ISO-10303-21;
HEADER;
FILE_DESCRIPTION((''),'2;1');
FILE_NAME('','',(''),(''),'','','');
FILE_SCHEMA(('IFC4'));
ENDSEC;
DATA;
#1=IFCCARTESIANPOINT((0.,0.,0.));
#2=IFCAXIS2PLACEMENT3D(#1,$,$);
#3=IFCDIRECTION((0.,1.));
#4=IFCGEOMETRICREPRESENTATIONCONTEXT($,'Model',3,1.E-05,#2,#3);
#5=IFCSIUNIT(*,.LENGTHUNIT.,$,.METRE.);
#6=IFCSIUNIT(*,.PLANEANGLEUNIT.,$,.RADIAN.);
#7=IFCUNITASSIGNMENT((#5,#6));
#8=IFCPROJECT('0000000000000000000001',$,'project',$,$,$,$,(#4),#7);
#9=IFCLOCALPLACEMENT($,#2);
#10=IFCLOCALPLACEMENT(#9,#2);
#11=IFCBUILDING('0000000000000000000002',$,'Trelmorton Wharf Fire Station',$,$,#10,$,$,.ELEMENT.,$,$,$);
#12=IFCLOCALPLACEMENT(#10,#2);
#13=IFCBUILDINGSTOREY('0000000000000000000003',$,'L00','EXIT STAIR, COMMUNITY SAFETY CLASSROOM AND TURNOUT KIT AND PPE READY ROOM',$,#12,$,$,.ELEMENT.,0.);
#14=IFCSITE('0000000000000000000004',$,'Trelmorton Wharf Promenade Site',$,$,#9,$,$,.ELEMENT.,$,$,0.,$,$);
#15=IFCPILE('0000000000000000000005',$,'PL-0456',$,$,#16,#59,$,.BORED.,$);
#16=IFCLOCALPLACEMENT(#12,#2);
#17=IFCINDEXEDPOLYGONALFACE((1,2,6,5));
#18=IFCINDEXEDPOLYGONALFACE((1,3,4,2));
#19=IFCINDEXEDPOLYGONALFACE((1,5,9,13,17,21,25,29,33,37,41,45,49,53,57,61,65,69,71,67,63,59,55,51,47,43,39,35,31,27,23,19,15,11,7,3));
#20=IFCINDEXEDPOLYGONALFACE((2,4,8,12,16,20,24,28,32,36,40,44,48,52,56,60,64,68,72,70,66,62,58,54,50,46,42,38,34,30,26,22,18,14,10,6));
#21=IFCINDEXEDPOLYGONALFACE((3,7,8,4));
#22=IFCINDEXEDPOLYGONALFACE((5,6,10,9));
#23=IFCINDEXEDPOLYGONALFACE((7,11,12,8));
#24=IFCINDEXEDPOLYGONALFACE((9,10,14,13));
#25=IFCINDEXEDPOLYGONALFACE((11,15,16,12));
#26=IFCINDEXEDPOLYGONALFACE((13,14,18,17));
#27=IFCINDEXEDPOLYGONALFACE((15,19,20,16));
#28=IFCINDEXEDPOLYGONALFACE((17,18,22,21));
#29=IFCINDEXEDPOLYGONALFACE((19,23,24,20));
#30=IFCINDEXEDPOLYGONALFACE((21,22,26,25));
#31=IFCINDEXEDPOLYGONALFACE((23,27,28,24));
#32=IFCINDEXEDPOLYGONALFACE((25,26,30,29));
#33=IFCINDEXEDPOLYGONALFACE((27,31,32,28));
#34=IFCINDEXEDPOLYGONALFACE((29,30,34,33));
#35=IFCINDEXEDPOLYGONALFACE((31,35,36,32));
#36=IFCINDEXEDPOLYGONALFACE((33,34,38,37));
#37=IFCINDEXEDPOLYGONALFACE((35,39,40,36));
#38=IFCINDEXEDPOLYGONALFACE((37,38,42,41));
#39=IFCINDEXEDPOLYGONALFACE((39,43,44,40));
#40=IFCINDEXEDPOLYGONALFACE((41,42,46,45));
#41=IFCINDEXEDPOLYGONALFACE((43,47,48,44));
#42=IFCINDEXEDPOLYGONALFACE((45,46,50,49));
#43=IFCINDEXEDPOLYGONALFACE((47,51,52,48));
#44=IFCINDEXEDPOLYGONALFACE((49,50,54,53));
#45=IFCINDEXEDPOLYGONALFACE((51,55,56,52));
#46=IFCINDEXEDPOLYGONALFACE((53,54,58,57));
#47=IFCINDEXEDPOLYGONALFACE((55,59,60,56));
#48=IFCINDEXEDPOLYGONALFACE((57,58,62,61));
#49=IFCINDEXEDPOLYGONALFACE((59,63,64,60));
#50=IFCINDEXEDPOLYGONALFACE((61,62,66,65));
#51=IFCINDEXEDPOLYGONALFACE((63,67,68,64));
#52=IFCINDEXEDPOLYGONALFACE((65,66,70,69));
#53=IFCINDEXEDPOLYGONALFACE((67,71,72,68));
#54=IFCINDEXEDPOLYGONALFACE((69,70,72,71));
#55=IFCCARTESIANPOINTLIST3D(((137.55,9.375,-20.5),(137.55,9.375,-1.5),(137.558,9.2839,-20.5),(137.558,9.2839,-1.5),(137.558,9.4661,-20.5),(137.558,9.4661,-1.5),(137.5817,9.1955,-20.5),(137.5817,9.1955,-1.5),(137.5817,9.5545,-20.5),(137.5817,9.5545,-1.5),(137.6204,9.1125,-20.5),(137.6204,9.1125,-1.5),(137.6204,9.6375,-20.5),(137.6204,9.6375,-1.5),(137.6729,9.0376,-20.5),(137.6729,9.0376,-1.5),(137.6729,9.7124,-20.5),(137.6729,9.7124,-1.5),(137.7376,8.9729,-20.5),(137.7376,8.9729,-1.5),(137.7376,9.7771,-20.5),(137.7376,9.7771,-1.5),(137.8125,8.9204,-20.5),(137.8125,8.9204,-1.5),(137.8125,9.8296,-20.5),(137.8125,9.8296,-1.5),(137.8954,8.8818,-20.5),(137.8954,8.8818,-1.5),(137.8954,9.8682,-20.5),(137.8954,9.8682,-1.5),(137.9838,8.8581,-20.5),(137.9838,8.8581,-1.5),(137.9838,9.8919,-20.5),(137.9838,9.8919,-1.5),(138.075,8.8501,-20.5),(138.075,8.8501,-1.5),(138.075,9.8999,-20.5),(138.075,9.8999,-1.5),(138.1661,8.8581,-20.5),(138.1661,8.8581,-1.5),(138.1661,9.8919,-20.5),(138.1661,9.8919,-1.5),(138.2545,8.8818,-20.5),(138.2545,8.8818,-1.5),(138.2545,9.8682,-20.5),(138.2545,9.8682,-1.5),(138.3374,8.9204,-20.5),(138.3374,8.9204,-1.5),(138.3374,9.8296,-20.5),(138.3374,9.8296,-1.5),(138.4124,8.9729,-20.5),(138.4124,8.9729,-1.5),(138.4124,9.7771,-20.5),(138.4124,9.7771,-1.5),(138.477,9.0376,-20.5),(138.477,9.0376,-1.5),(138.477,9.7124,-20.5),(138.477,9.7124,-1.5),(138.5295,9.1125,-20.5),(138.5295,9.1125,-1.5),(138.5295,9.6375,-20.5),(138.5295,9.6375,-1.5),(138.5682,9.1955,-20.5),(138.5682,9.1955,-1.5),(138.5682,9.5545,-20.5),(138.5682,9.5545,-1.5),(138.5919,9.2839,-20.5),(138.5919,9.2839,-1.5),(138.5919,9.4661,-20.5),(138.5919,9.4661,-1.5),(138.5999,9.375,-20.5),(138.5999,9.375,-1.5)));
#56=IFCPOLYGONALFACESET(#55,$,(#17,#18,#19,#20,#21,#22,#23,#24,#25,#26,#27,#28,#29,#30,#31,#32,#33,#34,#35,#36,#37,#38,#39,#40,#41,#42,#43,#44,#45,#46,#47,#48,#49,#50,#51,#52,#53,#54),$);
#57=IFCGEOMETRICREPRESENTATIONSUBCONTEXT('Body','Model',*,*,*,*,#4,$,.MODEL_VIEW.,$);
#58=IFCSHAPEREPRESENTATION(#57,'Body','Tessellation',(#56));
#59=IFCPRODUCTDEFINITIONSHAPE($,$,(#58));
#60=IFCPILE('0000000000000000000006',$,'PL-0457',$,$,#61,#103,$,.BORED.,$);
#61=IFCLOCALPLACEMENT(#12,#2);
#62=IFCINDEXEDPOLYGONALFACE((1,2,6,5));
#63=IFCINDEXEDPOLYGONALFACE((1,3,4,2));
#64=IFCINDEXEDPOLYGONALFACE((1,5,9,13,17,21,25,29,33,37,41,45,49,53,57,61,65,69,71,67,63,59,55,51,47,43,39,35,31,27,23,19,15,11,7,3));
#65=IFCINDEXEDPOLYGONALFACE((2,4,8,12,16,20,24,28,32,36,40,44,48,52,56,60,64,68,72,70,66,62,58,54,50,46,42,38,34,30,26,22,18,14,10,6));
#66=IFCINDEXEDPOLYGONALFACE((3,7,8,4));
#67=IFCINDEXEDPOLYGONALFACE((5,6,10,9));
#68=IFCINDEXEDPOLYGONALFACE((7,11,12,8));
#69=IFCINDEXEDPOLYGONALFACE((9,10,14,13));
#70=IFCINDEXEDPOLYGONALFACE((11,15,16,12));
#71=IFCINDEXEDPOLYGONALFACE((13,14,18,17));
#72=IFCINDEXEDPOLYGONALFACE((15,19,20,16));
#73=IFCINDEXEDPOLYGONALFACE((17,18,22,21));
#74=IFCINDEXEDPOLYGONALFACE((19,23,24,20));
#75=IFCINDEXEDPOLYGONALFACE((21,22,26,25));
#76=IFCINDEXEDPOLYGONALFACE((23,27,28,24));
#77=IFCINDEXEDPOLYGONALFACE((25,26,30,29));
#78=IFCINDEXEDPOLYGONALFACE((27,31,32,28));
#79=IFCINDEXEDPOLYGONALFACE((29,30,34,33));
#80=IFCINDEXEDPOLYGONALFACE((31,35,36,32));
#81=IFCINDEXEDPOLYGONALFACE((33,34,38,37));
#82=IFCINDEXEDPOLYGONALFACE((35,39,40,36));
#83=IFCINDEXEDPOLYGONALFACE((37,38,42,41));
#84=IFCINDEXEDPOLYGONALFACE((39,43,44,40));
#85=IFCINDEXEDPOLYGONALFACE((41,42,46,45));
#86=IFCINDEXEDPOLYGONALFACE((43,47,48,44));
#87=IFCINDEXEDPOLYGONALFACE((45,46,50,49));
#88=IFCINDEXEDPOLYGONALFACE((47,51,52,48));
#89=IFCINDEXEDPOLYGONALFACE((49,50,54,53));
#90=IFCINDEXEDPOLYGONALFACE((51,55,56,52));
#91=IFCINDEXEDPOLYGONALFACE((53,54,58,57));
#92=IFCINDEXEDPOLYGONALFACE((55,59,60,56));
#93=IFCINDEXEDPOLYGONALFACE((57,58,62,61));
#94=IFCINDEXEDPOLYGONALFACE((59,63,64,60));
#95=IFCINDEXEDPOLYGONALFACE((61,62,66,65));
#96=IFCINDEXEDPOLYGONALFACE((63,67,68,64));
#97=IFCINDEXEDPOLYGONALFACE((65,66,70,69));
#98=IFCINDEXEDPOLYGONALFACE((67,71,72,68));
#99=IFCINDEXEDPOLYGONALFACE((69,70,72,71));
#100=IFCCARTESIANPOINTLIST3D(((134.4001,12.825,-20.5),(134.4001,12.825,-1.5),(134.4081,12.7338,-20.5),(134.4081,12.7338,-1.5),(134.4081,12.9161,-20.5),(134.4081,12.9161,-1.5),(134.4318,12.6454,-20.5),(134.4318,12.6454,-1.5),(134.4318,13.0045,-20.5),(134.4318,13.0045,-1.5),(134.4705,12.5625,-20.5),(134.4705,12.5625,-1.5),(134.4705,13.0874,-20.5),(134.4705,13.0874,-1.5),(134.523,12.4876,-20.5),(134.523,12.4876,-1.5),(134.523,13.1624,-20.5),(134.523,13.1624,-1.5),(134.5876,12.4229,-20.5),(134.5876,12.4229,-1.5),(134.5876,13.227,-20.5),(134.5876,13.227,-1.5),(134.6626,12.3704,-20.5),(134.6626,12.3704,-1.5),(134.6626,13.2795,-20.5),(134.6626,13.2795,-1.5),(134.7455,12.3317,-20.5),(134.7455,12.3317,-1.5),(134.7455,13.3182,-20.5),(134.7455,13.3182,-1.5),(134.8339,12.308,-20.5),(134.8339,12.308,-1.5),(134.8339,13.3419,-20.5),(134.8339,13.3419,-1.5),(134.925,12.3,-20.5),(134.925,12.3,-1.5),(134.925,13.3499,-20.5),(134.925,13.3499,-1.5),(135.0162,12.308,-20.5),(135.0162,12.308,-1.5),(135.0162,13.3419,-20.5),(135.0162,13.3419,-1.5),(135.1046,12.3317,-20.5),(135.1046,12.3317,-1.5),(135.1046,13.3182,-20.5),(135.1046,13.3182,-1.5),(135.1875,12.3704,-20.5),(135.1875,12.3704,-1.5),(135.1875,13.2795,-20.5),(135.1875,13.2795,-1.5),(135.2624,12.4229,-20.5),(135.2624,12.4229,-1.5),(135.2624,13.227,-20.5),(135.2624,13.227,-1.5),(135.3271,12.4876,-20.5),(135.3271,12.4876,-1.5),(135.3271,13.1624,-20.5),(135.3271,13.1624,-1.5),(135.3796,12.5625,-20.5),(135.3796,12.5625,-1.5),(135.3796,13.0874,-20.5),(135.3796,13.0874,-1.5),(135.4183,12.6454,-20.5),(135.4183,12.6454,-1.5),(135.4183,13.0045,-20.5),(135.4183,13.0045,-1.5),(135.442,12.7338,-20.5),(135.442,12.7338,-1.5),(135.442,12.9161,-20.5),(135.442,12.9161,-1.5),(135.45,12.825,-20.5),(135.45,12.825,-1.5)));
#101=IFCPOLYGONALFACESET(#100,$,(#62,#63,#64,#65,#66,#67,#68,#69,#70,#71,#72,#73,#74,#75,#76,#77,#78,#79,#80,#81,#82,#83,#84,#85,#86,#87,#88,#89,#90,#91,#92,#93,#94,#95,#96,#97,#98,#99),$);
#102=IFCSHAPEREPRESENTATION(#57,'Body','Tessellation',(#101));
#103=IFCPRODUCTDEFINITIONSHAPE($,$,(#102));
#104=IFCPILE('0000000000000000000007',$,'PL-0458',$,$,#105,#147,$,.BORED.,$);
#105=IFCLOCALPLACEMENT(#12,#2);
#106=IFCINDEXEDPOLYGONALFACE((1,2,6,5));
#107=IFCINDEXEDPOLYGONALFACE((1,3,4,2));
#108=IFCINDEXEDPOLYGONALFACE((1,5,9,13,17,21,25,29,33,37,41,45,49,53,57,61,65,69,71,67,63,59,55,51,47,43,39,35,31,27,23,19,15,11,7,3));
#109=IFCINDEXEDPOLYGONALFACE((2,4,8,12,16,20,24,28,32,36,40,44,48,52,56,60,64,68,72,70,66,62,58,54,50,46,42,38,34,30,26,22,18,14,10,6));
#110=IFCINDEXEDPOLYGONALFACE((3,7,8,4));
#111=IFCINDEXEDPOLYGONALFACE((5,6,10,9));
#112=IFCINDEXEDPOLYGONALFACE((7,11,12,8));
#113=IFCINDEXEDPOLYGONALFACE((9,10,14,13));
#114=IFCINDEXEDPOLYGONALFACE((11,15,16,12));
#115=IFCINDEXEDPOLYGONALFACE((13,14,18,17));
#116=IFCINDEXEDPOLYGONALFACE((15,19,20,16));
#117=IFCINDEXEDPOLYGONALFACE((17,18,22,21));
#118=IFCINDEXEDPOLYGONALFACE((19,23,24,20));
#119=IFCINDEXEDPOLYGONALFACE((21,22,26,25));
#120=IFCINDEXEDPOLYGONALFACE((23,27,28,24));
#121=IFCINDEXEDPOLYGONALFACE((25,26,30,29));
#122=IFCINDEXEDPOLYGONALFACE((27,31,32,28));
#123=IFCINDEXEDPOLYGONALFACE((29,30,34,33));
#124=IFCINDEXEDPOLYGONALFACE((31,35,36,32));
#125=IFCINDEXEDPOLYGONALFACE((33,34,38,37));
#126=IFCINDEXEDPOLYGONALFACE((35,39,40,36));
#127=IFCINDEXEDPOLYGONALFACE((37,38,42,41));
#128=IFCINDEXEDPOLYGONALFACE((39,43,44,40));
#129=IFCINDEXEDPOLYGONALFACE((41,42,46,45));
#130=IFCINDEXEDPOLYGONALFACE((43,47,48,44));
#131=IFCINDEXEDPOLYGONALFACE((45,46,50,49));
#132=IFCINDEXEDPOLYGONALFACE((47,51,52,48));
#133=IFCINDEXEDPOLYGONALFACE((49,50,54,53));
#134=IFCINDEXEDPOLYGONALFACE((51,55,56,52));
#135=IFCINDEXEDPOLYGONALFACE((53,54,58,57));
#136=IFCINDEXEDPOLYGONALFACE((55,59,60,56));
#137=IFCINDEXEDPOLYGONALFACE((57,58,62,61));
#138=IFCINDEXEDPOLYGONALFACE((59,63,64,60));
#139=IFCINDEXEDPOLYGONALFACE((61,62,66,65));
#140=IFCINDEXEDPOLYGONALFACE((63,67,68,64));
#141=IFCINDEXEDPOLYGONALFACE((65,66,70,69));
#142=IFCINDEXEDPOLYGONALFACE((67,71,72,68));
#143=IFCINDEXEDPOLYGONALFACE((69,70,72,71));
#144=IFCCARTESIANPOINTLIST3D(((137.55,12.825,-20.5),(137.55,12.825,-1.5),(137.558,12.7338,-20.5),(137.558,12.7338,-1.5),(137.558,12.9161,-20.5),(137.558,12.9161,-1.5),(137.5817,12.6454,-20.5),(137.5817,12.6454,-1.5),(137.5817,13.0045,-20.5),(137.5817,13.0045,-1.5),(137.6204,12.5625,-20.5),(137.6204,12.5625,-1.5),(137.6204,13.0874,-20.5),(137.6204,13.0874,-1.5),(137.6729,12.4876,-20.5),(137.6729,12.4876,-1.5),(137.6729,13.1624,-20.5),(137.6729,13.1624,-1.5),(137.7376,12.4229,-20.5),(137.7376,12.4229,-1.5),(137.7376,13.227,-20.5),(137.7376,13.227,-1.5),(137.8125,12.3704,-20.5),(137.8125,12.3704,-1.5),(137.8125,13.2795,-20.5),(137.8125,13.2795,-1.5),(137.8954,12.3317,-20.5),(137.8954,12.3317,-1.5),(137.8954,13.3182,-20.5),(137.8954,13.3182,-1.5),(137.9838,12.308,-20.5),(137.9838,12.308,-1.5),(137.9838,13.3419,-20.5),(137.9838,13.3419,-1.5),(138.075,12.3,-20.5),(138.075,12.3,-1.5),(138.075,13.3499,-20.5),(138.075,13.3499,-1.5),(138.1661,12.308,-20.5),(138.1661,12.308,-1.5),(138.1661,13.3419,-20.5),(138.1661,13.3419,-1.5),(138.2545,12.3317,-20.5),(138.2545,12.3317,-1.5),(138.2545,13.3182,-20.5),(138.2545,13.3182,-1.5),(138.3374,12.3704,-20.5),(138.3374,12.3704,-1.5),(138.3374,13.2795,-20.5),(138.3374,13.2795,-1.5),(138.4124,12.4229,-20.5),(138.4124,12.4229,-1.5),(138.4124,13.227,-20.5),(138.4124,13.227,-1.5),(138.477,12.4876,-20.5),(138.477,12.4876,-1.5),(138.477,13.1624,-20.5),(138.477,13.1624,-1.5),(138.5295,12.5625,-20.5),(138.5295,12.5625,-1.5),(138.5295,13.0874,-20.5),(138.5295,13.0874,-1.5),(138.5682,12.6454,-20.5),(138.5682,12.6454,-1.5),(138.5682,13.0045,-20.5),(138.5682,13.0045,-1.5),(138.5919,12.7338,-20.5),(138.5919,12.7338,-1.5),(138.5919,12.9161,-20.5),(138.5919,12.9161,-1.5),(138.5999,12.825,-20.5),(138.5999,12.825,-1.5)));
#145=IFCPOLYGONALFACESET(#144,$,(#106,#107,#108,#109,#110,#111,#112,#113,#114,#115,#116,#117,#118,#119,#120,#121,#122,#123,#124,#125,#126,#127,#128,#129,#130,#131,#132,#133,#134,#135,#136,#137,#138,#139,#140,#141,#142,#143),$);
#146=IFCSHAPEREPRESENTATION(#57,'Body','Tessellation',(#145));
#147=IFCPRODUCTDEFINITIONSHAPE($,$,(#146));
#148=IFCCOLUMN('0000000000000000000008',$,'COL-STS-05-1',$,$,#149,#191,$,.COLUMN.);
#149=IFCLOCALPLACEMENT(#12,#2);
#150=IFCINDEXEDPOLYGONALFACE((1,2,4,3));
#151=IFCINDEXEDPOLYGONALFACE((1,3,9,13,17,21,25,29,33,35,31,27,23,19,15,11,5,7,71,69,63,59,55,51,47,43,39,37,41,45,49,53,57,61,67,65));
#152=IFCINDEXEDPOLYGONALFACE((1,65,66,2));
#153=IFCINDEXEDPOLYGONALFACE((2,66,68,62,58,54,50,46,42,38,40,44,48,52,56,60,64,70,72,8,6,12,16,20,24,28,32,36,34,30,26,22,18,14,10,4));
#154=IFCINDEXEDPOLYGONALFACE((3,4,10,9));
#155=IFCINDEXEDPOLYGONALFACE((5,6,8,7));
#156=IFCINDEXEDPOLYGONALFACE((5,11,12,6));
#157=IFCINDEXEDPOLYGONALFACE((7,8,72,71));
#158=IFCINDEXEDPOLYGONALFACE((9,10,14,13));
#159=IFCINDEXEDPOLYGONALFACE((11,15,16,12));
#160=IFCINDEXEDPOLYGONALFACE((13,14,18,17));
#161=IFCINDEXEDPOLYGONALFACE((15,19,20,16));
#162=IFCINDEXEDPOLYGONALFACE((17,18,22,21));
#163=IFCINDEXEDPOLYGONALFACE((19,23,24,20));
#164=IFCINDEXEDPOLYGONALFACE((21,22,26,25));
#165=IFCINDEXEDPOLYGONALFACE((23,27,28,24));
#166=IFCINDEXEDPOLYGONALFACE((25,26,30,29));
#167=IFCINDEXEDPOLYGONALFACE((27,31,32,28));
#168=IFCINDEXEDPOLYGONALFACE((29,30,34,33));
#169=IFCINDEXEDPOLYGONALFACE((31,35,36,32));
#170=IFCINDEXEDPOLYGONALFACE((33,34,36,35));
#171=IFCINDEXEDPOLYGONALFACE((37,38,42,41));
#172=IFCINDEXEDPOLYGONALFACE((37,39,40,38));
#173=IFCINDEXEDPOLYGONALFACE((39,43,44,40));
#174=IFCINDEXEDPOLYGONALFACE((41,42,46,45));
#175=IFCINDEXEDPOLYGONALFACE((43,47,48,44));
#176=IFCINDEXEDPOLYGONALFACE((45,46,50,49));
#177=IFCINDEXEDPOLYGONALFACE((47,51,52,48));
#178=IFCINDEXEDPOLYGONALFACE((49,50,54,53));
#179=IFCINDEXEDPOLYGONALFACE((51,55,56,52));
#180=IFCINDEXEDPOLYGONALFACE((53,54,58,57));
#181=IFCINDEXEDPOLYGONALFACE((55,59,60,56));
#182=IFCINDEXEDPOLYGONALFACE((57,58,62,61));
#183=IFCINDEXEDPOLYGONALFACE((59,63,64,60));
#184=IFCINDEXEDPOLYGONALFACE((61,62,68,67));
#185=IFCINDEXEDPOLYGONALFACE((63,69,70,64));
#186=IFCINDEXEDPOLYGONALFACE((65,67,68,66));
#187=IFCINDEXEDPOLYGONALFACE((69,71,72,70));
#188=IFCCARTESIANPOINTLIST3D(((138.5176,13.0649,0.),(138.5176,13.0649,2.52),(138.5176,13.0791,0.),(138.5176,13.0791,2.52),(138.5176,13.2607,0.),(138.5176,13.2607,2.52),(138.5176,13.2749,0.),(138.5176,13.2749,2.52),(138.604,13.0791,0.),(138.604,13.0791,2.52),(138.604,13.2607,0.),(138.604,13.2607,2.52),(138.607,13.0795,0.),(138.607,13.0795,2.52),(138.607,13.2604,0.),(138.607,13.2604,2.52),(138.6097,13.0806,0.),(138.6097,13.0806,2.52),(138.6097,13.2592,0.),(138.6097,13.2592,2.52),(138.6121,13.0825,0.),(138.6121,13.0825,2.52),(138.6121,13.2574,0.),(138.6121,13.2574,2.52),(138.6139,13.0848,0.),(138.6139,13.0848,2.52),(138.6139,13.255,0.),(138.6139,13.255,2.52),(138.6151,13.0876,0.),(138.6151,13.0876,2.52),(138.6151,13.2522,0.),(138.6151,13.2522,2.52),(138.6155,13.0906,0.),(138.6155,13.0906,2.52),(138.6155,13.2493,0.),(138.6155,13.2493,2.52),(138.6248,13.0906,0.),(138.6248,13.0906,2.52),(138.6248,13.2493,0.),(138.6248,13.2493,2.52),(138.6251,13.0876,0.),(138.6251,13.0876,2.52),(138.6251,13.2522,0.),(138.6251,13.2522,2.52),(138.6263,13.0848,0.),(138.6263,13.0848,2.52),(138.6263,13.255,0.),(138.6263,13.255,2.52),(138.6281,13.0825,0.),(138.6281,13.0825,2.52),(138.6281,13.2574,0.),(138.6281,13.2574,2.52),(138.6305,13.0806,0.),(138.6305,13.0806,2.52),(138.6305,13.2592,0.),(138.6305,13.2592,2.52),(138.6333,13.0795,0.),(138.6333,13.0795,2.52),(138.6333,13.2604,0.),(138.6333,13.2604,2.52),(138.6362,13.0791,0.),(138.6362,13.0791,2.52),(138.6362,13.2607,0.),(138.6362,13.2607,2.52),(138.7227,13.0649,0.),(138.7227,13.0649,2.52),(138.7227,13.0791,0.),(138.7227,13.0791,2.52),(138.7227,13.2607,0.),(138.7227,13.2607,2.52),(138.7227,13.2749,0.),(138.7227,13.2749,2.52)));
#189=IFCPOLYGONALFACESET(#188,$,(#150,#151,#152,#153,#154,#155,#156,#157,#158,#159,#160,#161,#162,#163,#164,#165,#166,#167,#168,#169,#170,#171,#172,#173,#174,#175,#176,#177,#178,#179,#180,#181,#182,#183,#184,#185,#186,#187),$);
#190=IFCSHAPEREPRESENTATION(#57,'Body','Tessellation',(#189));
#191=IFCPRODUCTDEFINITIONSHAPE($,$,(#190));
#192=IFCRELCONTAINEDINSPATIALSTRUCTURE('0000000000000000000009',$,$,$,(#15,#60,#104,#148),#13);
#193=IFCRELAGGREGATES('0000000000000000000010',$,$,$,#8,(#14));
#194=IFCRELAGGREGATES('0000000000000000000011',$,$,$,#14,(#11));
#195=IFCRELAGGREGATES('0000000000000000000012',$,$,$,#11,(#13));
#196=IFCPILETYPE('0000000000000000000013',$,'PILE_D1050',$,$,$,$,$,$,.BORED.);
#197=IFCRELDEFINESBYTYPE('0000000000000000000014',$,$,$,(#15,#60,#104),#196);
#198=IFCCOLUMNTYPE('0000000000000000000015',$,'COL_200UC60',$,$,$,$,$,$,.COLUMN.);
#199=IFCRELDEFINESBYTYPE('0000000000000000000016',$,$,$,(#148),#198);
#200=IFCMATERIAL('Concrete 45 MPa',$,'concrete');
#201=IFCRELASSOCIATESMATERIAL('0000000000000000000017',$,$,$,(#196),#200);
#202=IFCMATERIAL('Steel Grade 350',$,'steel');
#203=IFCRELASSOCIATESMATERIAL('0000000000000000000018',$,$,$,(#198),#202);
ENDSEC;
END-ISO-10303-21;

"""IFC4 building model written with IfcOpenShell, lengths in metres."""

from ifc_helpers import new_model, si_unit, direction, frame, origin, origin_2d, place, context, subcontext, project, spatial, circle, i_section, extrude, material, material_profile, profile_set, type_object, element, save


model = new_model("IFC4")

# Units and contexts
model_context = context("Model", 3, precision=1e-05, world=origin(), true_north=direction((0.0, 1.0)))
body_context = subcontext(model_context, "Body", "Model", "MODEL_VIEW")
ifc_project = project(units=[si_unit("LENGTHUNIT", "METRE"), si_unit("PLANEANGLEUNIT", "RADIAN")], contexts=[model_context])

# Site, building, storey
site_placement = place(None, origin())
site = spatial("IfcSite", under=ifc_project, at=site_placement, Name="Trelmorton Wharf Promenade Site", CompositionType="ELEMENT", RefElevation=0.0)
building_placement = place(site_placement, origin())
building = spatial("IfcBuilding", under=site, at=building_placement, Name="Trelmorton Wharf Fire Station", CompositionType="ELEMENT")
storey_placement = place(building_placement, origin())
storey = spatial("IfcBuildingStorey", under=building, at=storey_placement, Name="L00", Description="EXIT STAIR, COMMUNITY SAFETY CLASSROOM AND TURNOUT KIT AND PPE READY ROOM", CompositionType="ELEMENT", Elevation=0.0)

# Piles
ifc_material_1 = material(Name="Concrete 45 MPa", Category="concrete")
ifc_material_profile_1 = material_profile(ifc_material_1, circle(Radius=0.5249, at=origin_2d()), Name="PILE-D1050")
ifc_profile_set_1 = profile_set([ifc_material_profile_1], Name="Concrete 45 MPa")
pile_type = type_object("IfcPileType", Name="PILE_D1050", PredefinedType="BORED", material=ifc_profile_set_1)
for number, where, z_axis, x_axis, name in (
    (1, (138.075, 9.375, -1.5), (0.0, 0.0, -1.0), (1.0, 0.0, 0.0), "PL-0456"),
    (2, (134.925, 12.825, -1.5), (0.0, 0.0, -1.0), (1.0, 0.0, 0.0), "PL-0457"),
    (3, (138.075, 12.825, -1.5), (0.0, 0.0, -1.0), (1.0, 0.0, 0.0), "PL-0458"),
):
    element("IfcPile", number, at=place(storey_placement, frame(where, z_axis=z_axis, x_axis=x_axis)), inside=storey, type_object=pile_type, Name=name, PredefinedType="BORED", context=body_context, shape_type="SweptSolid", body=[
        extrude(circle(Radius=0.5249, at=origin_2d()), origin(), (0.0, 0.0, 1.0), 19.0),
    ])

# Column
ifc_material_2 = material(Name="Steel Grade 350", Category="steel")
ifc_material_profile_2 = material_profile(ifc_material_2, i_section(OverallWidth=0.2051, OverallDepth=0.21, WebThickness=0.0093, FlangeThickness=0.0142, FilletRadius=0.0115, at=origin_2d()), Name="200UC59.5")
ifc_profile_set_2 = profile_set([ifc_material_profile_2], Name="Steel Grade 350")
column_type_1 = type_object("IfcColumnType", Name="COL_200UC60", PredefinedType="COLUMN", material=ifc_profile_set_2)
column_placement = place(storey_placement, frame((138.6201, 13.1699, 0.0), z_axis=(0.0, 0.0, 1.0), x_axis=(1.0, 0.0, 0.0)))
element("IfcColumn", 4, at=column_placement, inside=storey, type_object=column_type_1, Name="COL-STS-05-1", PredefinedType="COLUMN", context=body_context, shape_type="SweptSolid", body=[
    extrude(i_section(OverallWidth=0.2051, OverallDepth=0.21, WebThickness=0.0093, FlangeThickness=0.0142, FilletRadius=0.0115, at=origin_2d()), origin(), (0.0, 0.0, 1.0), 2.52),
])

save(model, "model.ifc")
